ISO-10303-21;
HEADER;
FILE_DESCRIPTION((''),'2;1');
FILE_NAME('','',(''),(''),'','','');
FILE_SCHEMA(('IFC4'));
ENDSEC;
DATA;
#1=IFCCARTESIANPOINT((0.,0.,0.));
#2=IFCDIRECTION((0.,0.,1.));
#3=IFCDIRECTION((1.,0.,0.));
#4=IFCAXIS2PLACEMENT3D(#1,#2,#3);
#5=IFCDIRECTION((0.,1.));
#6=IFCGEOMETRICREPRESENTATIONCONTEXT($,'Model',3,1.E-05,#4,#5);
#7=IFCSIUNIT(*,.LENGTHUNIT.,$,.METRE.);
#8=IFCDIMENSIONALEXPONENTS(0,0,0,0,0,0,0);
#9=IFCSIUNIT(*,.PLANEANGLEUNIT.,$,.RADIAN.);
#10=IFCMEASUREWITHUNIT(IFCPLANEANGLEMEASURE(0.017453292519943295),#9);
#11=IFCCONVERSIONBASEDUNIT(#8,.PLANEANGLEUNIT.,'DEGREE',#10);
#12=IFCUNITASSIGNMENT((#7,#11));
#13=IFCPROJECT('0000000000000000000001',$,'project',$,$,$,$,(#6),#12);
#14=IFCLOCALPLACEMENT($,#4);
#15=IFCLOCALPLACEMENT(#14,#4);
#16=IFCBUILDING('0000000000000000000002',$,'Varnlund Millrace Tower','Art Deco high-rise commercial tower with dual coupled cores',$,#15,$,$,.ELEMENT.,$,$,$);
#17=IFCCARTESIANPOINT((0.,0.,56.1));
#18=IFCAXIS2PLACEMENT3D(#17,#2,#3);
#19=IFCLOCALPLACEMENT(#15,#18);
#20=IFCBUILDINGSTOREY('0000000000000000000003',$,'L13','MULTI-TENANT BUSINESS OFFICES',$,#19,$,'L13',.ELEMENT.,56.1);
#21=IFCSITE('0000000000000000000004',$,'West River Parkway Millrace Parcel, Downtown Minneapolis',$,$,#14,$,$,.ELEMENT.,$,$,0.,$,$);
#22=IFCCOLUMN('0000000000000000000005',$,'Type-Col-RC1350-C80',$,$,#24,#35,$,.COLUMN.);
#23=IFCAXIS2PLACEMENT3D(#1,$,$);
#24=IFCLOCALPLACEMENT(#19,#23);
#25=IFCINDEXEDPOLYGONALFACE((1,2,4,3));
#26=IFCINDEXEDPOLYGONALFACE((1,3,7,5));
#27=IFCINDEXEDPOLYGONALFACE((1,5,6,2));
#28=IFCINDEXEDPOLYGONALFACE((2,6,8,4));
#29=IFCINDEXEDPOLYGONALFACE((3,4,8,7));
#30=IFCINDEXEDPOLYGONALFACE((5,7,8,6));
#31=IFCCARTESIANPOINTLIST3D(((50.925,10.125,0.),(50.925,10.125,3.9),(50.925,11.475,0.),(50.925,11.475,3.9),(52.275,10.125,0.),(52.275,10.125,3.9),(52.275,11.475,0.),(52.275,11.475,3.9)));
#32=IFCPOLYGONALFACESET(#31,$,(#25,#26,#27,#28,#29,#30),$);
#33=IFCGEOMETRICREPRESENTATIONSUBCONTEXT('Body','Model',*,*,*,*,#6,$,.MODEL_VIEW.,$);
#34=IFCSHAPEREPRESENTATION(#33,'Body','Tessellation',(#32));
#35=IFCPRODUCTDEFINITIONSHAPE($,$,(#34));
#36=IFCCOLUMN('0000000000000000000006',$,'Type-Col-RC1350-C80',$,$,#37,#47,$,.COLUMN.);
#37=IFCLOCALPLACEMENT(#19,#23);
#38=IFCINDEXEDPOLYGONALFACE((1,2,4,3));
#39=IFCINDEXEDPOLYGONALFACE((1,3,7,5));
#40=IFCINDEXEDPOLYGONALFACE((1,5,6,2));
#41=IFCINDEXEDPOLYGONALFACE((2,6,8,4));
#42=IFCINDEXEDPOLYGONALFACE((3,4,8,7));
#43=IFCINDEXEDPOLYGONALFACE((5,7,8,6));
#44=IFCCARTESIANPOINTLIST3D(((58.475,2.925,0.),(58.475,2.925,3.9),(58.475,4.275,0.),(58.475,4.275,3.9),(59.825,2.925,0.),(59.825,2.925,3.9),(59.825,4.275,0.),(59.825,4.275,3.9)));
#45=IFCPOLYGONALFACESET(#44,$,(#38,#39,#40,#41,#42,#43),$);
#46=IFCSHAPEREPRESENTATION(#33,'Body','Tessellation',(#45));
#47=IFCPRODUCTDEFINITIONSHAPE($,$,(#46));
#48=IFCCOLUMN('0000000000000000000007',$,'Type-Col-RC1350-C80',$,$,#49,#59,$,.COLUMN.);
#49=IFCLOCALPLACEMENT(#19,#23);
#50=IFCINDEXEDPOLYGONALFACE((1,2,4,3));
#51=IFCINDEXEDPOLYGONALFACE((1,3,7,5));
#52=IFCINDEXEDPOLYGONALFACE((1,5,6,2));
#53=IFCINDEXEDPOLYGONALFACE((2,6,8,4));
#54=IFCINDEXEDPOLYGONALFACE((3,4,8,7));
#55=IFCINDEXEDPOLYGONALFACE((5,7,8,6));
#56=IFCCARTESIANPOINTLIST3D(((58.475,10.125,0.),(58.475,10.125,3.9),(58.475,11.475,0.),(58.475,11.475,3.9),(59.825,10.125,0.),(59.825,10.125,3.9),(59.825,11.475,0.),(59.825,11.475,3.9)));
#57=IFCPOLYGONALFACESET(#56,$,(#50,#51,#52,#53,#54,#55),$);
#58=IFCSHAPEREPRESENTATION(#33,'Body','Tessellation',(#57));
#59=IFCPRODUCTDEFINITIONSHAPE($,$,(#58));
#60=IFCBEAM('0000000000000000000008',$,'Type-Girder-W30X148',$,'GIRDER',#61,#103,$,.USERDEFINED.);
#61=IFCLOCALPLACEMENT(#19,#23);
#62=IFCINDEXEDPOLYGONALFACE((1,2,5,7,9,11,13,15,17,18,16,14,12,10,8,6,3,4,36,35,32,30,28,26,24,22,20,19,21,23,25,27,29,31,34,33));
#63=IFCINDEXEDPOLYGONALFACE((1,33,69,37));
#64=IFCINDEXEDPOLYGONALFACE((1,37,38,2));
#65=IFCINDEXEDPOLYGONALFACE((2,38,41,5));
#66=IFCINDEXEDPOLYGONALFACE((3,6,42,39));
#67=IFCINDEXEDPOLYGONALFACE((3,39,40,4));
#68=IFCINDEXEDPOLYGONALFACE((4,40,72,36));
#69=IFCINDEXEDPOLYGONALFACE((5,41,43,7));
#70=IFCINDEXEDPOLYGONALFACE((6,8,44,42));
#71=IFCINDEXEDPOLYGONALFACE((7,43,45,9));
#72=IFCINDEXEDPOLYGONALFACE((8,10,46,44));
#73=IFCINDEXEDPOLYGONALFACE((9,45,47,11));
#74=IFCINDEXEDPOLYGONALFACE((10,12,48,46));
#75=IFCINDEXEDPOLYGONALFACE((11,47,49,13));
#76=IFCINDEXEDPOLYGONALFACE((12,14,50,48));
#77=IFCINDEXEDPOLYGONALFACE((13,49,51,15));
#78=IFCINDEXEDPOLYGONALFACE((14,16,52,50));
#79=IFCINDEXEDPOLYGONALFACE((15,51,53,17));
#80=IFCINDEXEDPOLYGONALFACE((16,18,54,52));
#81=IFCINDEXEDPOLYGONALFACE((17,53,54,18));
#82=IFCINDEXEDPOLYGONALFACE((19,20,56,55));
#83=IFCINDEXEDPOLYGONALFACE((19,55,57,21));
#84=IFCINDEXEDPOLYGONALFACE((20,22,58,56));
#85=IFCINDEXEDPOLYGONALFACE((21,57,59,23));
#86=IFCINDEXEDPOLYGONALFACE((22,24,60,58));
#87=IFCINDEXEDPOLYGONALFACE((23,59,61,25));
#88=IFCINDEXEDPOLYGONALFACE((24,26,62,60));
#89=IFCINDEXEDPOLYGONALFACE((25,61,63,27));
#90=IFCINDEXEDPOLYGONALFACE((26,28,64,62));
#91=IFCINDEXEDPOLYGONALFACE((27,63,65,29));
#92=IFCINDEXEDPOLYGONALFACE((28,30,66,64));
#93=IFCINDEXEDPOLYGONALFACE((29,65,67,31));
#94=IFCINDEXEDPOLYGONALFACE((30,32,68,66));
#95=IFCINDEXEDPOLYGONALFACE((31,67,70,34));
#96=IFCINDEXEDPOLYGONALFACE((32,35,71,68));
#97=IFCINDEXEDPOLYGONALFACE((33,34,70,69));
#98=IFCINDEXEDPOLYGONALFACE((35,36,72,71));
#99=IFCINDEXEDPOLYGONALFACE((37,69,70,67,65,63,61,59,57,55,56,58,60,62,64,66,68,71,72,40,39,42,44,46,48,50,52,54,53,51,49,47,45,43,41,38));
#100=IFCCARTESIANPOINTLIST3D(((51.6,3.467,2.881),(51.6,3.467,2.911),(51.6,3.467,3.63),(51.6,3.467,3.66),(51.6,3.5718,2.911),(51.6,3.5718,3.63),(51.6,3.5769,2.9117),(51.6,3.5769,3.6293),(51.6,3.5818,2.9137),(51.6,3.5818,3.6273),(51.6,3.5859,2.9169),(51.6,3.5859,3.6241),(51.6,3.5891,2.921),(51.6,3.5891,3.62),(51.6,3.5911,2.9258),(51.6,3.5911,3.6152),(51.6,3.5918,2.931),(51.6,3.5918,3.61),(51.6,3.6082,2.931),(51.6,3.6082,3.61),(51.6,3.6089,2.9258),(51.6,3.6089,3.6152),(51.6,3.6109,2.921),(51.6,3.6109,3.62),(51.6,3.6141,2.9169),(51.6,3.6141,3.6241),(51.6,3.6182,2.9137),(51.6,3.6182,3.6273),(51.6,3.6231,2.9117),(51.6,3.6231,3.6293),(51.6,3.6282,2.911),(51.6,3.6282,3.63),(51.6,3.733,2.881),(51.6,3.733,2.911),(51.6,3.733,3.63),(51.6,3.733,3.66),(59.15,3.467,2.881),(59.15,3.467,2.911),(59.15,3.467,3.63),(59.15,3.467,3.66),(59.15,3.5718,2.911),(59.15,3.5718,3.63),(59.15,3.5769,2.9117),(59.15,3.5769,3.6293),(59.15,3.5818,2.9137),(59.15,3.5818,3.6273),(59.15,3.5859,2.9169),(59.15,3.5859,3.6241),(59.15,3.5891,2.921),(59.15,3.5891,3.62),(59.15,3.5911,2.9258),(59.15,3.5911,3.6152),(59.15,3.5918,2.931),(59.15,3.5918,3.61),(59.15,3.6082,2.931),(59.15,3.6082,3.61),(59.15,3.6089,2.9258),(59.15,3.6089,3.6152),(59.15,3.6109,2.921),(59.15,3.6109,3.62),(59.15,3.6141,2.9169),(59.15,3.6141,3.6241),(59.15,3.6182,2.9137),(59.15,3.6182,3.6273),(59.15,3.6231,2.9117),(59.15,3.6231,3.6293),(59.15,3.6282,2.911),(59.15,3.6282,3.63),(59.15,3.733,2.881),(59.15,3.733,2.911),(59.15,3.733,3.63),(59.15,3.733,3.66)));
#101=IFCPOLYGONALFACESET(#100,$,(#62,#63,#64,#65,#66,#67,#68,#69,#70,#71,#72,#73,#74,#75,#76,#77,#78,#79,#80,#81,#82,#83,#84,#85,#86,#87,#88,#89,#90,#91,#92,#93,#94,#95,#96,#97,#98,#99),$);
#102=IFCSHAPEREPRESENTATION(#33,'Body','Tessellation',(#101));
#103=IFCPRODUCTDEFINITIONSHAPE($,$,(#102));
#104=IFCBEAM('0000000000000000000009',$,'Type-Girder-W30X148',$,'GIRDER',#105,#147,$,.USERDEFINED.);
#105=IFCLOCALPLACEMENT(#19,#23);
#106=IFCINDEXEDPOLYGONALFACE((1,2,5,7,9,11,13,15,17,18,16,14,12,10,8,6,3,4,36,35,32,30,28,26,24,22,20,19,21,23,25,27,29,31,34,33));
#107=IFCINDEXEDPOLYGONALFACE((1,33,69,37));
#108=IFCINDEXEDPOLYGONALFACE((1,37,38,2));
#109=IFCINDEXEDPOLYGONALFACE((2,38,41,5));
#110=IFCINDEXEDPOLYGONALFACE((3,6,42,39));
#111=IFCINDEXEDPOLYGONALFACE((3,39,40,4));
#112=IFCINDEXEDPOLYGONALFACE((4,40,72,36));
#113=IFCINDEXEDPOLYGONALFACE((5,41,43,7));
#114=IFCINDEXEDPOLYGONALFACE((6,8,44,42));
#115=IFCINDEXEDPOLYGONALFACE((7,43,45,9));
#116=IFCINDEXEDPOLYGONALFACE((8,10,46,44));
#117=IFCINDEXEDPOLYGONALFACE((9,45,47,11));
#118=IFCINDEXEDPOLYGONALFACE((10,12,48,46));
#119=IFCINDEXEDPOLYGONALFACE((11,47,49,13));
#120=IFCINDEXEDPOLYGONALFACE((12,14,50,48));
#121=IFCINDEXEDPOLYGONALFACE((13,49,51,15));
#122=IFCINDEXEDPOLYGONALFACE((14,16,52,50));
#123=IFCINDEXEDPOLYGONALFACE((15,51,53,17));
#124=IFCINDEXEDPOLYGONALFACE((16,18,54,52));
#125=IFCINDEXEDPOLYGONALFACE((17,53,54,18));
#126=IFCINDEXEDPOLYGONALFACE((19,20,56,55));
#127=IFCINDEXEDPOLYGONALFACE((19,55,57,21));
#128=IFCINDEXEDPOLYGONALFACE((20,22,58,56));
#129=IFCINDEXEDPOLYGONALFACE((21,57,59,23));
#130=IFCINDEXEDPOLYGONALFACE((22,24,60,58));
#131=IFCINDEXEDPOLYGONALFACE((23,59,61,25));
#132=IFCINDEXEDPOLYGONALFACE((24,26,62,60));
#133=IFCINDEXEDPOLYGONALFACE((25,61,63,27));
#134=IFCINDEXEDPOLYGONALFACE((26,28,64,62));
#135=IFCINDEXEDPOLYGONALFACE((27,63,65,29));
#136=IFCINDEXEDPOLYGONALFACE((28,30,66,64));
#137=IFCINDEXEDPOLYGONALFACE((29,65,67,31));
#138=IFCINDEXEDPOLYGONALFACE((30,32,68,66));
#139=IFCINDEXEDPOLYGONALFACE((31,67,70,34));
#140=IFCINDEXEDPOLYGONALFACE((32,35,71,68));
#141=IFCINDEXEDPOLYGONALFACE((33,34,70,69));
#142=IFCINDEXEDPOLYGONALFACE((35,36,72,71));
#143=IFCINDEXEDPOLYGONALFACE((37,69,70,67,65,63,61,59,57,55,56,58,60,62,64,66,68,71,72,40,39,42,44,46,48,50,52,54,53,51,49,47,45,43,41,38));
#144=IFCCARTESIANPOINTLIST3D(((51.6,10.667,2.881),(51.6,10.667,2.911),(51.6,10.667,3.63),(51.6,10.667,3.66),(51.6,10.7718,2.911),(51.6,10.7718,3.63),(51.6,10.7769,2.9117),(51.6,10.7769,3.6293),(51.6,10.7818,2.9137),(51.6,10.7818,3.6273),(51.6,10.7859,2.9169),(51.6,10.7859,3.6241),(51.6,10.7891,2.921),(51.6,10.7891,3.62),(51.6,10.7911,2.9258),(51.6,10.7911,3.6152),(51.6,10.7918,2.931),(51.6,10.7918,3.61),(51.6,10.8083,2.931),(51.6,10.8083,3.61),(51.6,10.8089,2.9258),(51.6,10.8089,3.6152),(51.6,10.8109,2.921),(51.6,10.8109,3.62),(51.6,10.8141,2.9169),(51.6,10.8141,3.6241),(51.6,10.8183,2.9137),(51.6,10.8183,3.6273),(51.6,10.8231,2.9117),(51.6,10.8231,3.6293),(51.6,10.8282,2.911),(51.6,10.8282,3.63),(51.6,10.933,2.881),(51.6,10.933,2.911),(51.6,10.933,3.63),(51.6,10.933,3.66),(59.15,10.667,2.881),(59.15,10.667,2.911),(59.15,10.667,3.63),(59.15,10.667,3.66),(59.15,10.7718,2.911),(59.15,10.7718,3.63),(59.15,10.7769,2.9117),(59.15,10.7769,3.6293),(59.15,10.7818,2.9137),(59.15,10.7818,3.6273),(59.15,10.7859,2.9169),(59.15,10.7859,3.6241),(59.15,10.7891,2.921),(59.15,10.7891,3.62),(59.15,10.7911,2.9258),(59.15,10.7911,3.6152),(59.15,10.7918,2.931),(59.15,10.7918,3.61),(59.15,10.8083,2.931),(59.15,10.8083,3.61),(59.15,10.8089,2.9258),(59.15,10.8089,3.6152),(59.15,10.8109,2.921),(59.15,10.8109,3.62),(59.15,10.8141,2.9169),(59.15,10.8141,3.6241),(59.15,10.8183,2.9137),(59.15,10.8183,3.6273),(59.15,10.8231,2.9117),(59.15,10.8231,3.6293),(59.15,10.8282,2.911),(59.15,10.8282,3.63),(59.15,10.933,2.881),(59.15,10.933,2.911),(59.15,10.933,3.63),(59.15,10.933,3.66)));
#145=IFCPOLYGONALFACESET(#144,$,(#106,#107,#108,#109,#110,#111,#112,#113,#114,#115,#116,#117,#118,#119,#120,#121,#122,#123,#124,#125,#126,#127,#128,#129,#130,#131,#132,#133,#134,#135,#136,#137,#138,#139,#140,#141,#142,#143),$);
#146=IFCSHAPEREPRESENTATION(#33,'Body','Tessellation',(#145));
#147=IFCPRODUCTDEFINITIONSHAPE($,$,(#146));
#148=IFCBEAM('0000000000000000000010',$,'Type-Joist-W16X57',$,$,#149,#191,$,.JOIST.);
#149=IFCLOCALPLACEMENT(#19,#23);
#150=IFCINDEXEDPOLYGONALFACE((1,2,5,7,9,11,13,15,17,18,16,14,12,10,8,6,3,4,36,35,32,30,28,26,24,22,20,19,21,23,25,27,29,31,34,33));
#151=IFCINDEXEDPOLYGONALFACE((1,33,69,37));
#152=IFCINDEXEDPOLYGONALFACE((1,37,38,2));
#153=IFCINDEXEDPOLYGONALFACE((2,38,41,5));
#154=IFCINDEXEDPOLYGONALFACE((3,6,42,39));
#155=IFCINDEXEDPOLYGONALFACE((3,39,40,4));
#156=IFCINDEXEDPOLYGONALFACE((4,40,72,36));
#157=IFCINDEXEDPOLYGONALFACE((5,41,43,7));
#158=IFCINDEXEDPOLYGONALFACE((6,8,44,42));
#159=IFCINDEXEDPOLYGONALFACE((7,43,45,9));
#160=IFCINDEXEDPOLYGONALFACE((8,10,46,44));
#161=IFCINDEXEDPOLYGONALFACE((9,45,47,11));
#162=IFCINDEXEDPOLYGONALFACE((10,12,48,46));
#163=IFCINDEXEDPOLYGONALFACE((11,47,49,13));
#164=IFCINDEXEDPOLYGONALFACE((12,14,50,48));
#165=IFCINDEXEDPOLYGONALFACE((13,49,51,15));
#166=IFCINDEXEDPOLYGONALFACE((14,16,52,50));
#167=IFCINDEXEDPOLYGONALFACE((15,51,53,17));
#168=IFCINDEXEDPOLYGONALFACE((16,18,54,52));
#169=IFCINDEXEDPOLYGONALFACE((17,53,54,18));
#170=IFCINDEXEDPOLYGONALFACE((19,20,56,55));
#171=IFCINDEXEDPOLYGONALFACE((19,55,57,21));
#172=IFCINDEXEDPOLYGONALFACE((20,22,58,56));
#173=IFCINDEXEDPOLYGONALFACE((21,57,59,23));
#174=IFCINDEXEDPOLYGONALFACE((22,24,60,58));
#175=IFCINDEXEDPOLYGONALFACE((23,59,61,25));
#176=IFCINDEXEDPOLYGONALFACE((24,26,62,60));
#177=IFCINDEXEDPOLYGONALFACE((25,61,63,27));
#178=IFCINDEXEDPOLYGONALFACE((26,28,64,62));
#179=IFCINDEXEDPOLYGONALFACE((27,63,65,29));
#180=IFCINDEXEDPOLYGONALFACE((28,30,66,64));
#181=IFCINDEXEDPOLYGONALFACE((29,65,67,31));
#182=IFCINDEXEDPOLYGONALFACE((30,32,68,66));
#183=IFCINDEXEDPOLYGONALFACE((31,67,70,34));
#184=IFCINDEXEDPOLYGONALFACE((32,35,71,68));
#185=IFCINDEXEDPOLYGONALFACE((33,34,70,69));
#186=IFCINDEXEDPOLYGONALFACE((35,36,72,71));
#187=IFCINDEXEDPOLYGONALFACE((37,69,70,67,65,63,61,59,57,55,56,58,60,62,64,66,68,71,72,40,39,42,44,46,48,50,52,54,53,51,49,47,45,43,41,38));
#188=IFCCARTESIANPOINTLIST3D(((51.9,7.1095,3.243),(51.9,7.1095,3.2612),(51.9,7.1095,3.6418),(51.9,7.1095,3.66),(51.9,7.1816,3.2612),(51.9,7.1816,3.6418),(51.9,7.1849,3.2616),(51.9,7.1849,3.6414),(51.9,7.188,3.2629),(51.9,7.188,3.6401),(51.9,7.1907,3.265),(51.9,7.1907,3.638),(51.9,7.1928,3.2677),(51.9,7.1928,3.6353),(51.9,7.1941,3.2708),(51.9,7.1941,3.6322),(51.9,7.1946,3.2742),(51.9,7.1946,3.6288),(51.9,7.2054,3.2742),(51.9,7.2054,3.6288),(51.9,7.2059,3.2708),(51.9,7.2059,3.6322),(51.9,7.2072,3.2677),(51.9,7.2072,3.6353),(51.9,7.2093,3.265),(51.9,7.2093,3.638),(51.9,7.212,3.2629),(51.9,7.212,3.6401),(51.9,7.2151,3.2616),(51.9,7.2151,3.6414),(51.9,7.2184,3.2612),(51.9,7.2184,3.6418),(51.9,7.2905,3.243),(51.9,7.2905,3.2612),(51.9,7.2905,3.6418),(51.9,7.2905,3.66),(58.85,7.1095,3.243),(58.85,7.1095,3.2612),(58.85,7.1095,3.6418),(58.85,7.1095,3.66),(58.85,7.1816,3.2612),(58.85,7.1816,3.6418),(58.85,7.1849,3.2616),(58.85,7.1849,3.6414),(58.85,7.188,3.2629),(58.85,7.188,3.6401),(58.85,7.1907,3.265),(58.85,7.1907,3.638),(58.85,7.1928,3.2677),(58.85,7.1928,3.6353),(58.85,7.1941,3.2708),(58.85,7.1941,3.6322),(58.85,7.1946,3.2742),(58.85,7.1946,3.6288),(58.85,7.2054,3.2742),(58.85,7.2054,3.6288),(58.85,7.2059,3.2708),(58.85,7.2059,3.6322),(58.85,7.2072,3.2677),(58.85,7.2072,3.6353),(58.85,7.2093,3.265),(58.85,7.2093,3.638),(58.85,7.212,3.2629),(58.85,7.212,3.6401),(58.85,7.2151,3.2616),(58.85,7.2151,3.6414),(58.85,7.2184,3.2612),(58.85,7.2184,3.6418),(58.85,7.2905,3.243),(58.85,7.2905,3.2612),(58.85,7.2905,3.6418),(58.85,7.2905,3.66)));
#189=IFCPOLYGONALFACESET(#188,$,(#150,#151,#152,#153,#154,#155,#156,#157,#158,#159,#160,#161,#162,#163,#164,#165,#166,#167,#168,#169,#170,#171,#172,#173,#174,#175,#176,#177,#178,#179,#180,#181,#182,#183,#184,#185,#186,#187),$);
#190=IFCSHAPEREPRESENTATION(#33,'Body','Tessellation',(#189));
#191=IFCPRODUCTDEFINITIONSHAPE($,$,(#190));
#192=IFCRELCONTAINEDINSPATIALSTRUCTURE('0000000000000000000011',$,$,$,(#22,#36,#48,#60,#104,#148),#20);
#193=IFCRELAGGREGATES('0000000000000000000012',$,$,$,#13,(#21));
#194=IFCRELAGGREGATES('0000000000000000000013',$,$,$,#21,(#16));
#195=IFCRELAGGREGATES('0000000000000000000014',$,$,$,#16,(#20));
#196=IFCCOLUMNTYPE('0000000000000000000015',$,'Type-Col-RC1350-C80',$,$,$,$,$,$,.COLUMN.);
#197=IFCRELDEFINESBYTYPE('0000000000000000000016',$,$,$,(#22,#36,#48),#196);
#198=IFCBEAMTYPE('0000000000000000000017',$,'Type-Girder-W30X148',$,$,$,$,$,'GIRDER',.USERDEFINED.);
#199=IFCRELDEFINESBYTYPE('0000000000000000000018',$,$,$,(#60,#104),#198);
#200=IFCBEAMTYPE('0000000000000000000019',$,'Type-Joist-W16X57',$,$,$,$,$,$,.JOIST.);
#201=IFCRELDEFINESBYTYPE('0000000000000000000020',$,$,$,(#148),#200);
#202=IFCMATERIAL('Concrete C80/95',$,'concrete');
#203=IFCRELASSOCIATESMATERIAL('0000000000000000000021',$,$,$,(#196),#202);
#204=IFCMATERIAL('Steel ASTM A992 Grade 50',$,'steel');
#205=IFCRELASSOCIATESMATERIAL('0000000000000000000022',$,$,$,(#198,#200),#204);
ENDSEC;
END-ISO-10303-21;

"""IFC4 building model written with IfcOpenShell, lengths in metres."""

from ifc_helpers import new_model, entity, si_unit, converted_unit, direction, frame, origin_with_axes, origin_2d_with_axis, place, context, subcontext, project, spatial, rectangle, i_section, extrude, material, material_profile, profile_set, type_object, element, save


model = new_model("IFC4")

# Units and contexts
model_context = context("Model", 3, precision=1e-05, world=origin_with_axes(), true_north=direction((0.0, 1.0)))
body_context = subcontext(model_context, "Body", "Model", "MODEL_VIEW")
ifc_project = project(units=[si_unit("LENGTHUNIT", "METRE"), converted_unit("PLANEANGLEUNIT", "DEGREE", entity("IfcPlaneAngleMeasure", 0.017453292519943295), si_unit("PLANEANGLEUNIT", "RADIAN"), dimensions=[0, 0, 0, 0, 0, 0, 0])], contexts=[model_context])

# Site, building, storey
site_placement = place(None, origin_with_axes())
site = spatial("IfcSite", under=ifc_project, at=site_placement, Name="West River Parkway Millrace Parcel, Downtown Minneapolis", CompositionType="ELEMENT", RefElevation=0.0)
building_placement = place(site_placement, origin_with_axes())
building = spatial("IfcBuilding", under=site, at=building_placement, Name="Varnlund Millrace Tower", Description="Art Deco high-rise commercial tower with dual coupled cores", CompositionType="ELEMENT")
storey_placement = place(building_placement, frame((0.0, 0.0, 56.1), z_axis=(0.0, 0.0, 1.0), x_axis=(1.0, 0.0, 0.0)))
storey = spatial("IfcBuildingStorey", under=building, at=storey_placement, Name="L13", Description="MULTI-TENANT BUSINESS OFFICES", LongName="L13", CompositionType="ELEMENT", Elevation=56.1)

# Columns
ifc_material_1 = material(Name="Concrete C80/95", Category="concrete")
ifc_material_profile_1 = material_profile(ifc_material_1, rectangle(XDim=1.35, YDim=1.35, at=origin_2d_with_axis()), Name="Concrete C80/95")
ifc_profile_set_1 = profile_set([ifc_material_profile_1], Name="Concrete C80/95")
column_type = type_object("IfcColumnType", Name="Type-Col-RC1350-C80", PredefinedType="COLUMN", material=ifc_profile_set_1)
for number, where, z_axis, x_axis, name in (
    (1, (51.6, 10.8, 0.0), (0.0, 0.0, 1.0), (1.0, 0.0, 0.0), "Type-Col-RC1350-C80"),
    (2, (59.15, 3.6, 0.0), (0.0, 0.0, 1.0), (1.0, 0.0, 0.0), "Type-Col-RC1350-C80"),
    (3, (59.15, 10.8, 0.0), (0.0, 0.0, 1.0), (1.0, 0.0, 0.0), "Type-Col-RC1350-C80"),
):
    element("IfcColumn", number, at=place(storey_placement, frame(where, z_axis=z_axis, x_axis=x_axis)), inside=storey, type_object=column_type, Name=name, PredefinedType="COLUMN", context=body_context, shape_type="SweptSolid", body=[
        extrude(rectangle(XDim=1.35, YDim=1.35, at=origin_2d_with_axis()), origin_with_axes(), (0.0, 0.0, 1.0), 3.9),
    ])

# Beams
ifc_material_2 = material(Name="Steel ASTM A992 Grade 50", Category="steel")
ifc_material_profile_2 = material_profile(ifc_material_2, i_section(OverallWidth=0.266, OverallDepth=0.779, WebThickness=0.0165, FlangeThickness=0.03, FilletRadius=0.02, at=origin_2d_with_axis()), Name="Steel ASTM A992 Grade 50")
ifc_profile_set_2 = profile_set([ifc_material_profile_2], Name="Steel ASTM A992 Grade 50")
beam_type_1 = type_object("IfcBeamType", Name="Type-Girder-W30X148", ElementType="GIRDER", PredefinedType="USERDEFINED", material=ifc_profile_set_2)
for number, where, z_axis, x_axis, name in (
    (4, (51.6, 3.6, 3.2705), (1.0, 0.0, 0.0), (0.0, 1.0, 0.0), "Type-Girder-W30X148"),
    (5, (51.6, 10.8, 3.2705), (1.0, 0.0, 0.0), (0.0, 1.0, 0.0), "Type-Girder-W30X148"),
):
    element("IfcBeam", number, at=place(storey_placement, frame(where, z_axis=z_axis, x_axis=x_axis)), inside=storey, type_object=beam_type_1, Name=name, ObjectType="GIRDER", PredefinedType="USERDEFINED", context=body_context, shape_type="SweptSolid", body=[
        extrude(i_section(OverallWidth=0.266, OverallDepth=0.779, WebThickness=0.0165, FlangeThickness=0.03, FilletRadius=0.02, at=origin_2d_with_axis()), origin_with_axes(), (0.0, 0.0, 1.0), 7.55),
    ])
ifc_material_profile_3 = material_profile(ifc_material_2, i_section(OverallWidth=0.181, OverallDepth=0.417, WebThickness=0.0109, FlangeThickness=0.0182, FilletRadius=0.013, at=origin_2d_with_axis()), Name="Steel ASTM A992 Grade 50")
ifc_profile_set_3 = profile_set([ifc_material_profile_3], Name="Steel ASTM A992 Grade 50")
beam_type_2 = type_object("IfcBeamType", Name="Type-Joist-W16X57", PredefinedType="JOIST", material=ifc_profile_set_3)
beam_placement = place(storey_placement, frame((51.9, 7.2, 3.4515), z_axis=(1.0, 0.0, 0.0), x_axis=(0.0, 1.0, 0.0)))
element("IfcBeam", 6, at=beam_placement, inside=storey, type_object=beam_type_2, Name="Type-Joist-W16X57", PredefinedType="JOIST", context=body_context, shape_type="SweptSolid", body=[
    extrude(i_section(OverallWidth=0.181, OverallDepth=0.417, WebThickness=0.0109, FlangeThickness=0.0182, FilletRadius=0.013, at=origin_2d_with_axis()), origin_with_axes(), (0.0, 0.0, 1.0), 6.95),
])

save(model, "model.ifc")
